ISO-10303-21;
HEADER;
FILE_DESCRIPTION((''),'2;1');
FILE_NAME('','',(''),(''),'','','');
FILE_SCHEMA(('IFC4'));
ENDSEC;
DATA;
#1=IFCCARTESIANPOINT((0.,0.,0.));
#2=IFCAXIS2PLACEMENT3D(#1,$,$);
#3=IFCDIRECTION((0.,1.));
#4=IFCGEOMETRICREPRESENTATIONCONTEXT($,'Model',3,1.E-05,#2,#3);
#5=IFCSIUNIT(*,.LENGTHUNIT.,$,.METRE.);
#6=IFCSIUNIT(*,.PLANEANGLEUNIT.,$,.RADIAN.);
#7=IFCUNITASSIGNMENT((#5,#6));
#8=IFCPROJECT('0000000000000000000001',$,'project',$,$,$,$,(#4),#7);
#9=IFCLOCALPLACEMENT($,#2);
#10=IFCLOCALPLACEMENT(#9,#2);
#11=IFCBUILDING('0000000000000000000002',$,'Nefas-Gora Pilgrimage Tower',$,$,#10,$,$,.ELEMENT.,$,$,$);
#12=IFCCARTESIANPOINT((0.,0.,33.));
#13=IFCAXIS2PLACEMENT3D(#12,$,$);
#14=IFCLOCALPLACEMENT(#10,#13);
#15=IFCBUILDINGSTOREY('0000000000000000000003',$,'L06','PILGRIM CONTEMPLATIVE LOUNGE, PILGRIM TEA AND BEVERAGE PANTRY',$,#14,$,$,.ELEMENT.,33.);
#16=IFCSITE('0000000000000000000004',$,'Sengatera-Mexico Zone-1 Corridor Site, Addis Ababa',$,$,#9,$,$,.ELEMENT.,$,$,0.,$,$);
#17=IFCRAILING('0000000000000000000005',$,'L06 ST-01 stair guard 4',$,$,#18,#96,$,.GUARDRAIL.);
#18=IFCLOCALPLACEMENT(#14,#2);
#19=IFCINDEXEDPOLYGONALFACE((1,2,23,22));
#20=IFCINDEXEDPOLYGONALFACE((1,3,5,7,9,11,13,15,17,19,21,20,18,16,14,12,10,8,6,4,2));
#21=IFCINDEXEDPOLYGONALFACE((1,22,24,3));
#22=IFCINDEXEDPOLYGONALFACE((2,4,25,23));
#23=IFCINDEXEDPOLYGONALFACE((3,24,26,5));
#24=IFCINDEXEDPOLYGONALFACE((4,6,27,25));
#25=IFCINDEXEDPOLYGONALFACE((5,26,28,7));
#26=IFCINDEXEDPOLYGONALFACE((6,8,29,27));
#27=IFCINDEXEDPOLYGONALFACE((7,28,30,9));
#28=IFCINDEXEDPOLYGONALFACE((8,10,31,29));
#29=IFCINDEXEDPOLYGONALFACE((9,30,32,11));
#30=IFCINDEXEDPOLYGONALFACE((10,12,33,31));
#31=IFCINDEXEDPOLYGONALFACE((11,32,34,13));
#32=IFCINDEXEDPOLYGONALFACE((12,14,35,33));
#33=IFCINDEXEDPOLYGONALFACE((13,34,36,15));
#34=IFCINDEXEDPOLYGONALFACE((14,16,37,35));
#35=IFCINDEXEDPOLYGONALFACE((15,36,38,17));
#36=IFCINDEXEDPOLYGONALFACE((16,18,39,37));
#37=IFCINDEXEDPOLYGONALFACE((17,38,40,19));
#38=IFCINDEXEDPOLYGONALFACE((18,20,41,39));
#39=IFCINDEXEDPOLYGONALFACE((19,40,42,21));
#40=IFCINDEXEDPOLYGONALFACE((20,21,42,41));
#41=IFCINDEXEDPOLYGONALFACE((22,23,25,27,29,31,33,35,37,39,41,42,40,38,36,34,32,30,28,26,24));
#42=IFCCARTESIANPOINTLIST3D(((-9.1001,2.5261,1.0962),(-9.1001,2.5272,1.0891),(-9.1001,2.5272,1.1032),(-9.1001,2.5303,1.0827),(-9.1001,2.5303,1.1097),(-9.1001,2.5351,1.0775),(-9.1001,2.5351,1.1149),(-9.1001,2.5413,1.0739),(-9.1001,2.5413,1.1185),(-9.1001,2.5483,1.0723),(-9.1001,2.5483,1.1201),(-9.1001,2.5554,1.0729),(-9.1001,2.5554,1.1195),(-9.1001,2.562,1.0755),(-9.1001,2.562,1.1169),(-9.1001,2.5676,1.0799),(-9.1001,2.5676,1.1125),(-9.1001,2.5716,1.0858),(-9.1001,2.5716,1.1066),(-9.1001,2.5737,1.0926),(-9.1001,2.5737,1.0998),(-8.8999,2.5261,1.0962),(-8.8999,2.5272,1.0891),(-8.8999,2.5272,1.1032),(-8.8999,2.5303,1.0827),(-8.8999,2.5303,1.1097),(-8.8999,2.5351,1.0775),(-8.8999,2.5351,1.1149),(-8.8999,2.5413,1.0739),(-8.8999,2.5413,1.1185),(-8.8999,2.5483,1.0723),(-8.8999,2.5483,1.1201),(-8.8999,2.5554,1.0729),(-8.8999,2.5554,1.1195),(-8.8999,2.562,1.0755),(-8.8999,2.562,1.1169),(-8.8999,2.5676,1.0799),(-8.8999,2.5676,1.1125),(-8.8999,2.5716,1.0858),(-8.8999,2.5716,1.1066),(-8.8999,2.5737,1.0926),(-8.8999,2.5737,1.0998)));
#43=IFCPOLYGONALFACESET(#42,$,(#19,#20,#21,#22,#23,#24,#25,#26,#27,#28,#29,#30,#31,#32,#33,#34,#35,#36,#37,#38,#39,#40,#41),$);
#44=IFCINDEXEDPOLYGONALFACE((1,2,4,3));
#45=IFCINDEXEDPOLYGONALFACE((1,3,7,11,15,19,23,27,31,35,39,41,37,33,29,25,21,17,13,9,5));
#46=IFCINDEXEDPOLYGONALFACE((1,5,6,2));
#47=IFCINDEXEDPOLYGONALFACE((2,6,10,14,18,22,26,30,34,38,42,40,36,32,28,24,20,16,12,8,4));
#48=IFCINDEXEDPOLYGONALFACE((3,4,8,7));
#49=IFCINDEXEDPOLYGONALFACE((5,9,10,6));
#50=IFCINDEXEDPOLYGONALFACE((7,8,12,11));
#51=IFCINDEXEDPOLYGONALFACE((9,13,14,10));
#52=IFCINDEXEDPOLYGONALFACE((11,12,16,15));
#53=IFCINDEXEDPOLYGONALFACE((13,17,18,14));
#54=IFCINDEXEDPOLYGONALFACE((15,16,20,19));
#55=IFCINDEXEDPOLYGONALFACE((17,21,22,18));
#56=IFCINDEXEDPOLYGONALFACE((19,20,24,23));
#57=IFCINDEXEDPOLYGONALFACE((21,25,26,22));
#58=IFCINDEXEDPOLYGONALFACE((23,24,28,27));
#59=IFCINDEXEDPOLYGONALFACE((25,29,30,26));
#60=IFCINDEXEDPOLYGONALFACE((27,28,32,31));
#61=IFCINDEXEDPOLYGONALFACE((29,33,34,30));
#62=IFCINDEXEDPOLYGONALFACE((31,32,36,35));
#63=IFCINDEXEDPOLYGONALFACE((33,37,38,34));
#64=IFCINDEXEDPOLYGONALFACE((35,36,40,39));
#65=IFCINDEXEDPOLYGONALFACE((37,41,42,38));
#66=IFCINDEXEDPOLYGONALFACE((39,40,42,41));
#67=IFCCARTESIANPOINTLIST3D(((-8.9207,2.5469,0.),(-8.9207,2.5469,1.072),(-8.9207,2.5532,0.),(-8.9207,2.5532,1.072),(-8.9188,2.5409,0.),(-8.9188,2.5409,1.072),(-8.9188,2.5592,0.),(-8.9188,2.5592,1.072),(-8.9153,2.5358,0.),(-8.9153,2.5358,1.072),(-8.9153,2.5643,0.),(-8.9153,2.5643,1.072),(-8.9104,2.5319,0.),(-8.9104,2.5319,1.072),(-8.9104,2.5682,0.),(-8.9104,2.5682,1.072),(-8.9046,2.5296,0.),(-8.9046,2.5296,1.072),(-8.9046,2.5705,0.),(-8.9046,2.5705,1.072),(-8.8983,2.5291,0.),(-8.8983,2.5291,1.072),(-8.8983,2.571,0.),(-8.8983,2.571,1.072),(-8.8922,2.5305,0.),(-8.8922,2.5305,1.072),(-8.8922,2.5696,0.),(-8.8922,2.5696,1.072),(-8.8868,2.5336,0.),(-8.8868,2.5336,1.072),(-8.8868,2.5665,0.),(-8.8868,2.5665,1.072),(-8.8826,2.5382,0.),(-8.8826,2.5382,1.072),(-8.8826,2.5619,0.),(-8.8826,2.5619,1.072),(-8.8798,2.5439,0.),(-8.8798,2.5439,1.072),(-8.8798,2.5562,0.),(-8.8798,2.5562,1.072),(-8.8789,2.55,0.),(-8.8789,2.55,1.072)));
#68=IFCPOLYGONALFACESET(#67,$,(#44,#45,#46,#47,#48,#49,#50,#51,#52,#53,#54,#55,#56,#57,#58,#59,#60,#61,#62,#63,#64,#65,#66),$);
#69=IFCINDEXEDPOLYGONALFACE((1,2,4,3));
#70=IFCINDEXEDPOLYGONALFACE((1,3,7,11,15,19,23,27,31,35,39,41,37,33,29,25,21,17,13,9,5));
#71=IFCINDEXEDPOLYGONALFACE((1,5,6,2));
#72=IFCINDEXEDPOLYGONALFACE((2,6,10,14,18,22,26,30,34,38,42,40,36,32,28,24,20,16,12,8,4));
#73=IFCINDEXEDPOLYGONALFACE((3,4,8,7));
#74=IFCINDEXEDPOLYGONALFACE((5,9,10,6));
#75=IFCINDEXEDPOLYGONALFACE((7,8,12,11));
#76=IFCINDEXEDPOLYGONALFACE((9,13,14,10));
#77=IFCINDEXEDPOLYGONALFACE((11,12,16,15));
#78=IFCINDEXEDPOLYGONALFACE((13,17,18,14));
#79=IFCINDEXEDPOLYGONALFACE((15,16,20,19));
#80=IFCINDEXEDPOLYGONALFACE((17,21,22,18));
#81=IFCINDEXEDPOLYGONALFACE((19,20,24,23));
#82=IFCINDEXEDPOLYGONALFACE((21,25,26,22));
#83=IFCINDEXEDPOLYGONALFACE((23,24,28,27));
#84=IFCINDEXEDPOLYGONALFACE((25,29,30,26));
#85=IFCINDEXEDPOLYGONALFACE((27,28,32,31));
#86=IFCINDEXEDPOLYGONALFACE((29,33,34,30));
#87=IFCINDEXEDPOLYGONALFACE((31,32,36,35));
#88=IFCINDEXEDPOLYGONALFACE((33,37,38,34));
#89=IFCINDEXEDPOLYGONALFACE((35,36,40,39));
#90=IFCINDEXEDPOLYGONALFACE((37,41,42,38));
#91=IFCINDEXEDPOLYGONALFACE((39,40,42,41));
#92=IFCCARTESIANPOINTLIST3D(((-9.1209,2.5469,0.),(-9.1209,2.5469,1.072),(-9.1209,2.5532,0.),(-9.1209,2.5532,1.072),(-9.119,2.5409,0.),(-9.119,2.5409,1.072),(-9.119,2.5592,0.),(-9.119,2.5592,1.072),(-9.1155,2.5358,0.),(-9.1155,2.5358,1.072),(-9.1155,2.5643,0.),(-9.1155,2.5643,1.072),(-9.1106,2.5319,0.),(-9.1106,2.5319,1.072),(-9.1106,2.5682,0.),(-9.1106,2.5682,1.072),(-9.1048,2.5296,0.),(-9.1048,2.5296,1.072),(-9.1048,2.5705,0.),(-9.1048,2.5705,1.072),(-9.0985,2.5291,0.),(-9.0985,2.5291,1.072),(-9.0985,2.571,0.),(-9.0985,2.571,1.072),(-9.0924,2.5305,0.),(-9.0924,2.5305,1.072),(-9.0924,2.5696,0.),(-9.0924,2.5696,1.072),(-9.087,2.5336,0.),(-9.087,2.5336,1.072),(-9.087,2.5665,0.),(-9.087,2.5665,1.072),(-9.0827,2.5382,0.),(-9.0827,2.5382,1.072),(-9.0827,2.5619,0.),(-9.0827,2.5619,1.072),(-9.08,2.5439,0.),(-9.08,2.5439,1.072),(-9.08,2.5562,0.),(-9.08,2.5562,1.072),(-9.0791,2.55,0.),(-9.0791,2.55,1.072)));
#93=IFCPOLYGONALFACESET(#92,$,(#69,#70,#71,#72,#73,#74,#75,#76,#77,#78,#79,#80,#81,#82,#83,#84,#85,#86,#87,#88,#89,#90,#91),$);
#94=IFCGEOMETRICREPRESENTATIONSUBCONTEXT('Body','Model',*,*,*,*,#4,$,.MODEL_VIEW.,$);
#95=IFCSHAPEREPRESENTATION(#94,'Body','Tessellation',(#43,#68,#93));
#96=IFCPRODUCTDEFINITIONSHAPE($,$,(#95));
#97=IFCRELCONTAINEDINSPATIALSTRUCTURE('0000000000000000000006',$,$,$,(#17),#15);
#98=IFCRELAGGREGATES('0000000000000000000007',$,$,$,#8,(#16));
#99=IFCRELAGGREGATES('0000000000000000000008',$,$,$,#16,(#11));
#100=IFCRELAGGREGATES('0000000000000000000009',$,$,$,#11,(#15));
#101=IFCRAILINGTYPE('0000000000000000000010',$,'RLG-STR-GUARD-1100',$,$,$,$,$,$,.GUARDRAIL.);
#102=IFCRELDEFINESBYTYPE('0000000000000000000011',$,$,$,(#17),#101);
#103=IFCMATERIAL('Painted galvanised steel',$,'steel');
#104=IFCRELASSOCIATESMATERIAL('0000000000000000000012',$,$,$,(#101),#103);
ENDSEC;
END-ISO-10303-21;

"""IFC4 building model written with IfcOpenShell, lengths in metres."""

from ifc_helpers import new_model, si_unit, direction, frame, origin, origin_2d, place, context, subcontext, project, spatial, circle, extrude, material, type_object, element, save


model = new_model("IFC4")

# Units and contexts
model_context = context("Model", 3, precision=1e-05, world=origin(), true_north=direction((0.0, 1.0)))
body_context = subcontext(model_context, "Body", "Model", "MODEL_VIEW")
ifc_project = project(units=[si_unit("LENGTHUNIT", "METRE"), si_unit("PLANEANGLEUNIT", "RADIAN")], contexts=[model_context])

# Site, building, storey
site_placement = place(None, origin())
site = spatial("IfcSite", under=ifc_project, at=site_placement, Name="Sengatera-Mexico Zone-1 Corridor Site, Addis Ababa", CompositionType="ELEMENT", RefElevation=0.0)
building_placement = place(site_placement, origin())
building = spatial("IfcBuilding", under=site, at=building_placement, Name="Nefas-Gora Pilgrimage Tower", CompositionType="ELEMENT")
storey_placement = place(building_placement, frame((0.0, 0.0, 33.0)))
storey = spatial("IfcBuildingStorey", under=building, at=storey_placement, Name="L06", Description="PILGRIM CONTEMPLATIVE LOUNGE, PILGRIM TEA AND BEVERAGE PANTRY", CompositionType="ELEMENT", Elevation=33.0)

# Railing
ifc_material_1 = material(Name="Painted galvanised steel", Category="steel")
railing_type_1 = type_object("IfcRailingType", Name="RLG-STR-GUARD-1100", PredefinedType="GUARDRAIL", material=ifc_material_1)
railing_1_placement = place(storey_placement, frame((-8.8999, 2.55, 0.0)))
element("IfcRailing", 1, at=railing_1_placement, inside=storey, type_object=railing_type_1, Name="L06 ST-01 stair guard 4", PredefinedType="GUARDRAIL", context=body_context, shape_type="SweptSolid", body=[
    extrude(circle(Radius=0.0239, at=origin_2d()), frame((0.0, 0.0, 1.0962), z_axis=(-1.0, 0.0, 0.0), x_axis=(0.0, -1.0, 0.0)), (0.0, 0.0, 1.0), 0.2002),
    extrude(circle(Radius=0.021, at=origin_2d()), origin(), (0.0, 0.0, 1.0), 1.072),
    extrude(circle(Radius=0.021, at=origin_2d()), frame((-0.2002, 0.0, 0.0)), (0.0, 0.0, 1.0), 1.072),
])

save(model, "model.ifc")
